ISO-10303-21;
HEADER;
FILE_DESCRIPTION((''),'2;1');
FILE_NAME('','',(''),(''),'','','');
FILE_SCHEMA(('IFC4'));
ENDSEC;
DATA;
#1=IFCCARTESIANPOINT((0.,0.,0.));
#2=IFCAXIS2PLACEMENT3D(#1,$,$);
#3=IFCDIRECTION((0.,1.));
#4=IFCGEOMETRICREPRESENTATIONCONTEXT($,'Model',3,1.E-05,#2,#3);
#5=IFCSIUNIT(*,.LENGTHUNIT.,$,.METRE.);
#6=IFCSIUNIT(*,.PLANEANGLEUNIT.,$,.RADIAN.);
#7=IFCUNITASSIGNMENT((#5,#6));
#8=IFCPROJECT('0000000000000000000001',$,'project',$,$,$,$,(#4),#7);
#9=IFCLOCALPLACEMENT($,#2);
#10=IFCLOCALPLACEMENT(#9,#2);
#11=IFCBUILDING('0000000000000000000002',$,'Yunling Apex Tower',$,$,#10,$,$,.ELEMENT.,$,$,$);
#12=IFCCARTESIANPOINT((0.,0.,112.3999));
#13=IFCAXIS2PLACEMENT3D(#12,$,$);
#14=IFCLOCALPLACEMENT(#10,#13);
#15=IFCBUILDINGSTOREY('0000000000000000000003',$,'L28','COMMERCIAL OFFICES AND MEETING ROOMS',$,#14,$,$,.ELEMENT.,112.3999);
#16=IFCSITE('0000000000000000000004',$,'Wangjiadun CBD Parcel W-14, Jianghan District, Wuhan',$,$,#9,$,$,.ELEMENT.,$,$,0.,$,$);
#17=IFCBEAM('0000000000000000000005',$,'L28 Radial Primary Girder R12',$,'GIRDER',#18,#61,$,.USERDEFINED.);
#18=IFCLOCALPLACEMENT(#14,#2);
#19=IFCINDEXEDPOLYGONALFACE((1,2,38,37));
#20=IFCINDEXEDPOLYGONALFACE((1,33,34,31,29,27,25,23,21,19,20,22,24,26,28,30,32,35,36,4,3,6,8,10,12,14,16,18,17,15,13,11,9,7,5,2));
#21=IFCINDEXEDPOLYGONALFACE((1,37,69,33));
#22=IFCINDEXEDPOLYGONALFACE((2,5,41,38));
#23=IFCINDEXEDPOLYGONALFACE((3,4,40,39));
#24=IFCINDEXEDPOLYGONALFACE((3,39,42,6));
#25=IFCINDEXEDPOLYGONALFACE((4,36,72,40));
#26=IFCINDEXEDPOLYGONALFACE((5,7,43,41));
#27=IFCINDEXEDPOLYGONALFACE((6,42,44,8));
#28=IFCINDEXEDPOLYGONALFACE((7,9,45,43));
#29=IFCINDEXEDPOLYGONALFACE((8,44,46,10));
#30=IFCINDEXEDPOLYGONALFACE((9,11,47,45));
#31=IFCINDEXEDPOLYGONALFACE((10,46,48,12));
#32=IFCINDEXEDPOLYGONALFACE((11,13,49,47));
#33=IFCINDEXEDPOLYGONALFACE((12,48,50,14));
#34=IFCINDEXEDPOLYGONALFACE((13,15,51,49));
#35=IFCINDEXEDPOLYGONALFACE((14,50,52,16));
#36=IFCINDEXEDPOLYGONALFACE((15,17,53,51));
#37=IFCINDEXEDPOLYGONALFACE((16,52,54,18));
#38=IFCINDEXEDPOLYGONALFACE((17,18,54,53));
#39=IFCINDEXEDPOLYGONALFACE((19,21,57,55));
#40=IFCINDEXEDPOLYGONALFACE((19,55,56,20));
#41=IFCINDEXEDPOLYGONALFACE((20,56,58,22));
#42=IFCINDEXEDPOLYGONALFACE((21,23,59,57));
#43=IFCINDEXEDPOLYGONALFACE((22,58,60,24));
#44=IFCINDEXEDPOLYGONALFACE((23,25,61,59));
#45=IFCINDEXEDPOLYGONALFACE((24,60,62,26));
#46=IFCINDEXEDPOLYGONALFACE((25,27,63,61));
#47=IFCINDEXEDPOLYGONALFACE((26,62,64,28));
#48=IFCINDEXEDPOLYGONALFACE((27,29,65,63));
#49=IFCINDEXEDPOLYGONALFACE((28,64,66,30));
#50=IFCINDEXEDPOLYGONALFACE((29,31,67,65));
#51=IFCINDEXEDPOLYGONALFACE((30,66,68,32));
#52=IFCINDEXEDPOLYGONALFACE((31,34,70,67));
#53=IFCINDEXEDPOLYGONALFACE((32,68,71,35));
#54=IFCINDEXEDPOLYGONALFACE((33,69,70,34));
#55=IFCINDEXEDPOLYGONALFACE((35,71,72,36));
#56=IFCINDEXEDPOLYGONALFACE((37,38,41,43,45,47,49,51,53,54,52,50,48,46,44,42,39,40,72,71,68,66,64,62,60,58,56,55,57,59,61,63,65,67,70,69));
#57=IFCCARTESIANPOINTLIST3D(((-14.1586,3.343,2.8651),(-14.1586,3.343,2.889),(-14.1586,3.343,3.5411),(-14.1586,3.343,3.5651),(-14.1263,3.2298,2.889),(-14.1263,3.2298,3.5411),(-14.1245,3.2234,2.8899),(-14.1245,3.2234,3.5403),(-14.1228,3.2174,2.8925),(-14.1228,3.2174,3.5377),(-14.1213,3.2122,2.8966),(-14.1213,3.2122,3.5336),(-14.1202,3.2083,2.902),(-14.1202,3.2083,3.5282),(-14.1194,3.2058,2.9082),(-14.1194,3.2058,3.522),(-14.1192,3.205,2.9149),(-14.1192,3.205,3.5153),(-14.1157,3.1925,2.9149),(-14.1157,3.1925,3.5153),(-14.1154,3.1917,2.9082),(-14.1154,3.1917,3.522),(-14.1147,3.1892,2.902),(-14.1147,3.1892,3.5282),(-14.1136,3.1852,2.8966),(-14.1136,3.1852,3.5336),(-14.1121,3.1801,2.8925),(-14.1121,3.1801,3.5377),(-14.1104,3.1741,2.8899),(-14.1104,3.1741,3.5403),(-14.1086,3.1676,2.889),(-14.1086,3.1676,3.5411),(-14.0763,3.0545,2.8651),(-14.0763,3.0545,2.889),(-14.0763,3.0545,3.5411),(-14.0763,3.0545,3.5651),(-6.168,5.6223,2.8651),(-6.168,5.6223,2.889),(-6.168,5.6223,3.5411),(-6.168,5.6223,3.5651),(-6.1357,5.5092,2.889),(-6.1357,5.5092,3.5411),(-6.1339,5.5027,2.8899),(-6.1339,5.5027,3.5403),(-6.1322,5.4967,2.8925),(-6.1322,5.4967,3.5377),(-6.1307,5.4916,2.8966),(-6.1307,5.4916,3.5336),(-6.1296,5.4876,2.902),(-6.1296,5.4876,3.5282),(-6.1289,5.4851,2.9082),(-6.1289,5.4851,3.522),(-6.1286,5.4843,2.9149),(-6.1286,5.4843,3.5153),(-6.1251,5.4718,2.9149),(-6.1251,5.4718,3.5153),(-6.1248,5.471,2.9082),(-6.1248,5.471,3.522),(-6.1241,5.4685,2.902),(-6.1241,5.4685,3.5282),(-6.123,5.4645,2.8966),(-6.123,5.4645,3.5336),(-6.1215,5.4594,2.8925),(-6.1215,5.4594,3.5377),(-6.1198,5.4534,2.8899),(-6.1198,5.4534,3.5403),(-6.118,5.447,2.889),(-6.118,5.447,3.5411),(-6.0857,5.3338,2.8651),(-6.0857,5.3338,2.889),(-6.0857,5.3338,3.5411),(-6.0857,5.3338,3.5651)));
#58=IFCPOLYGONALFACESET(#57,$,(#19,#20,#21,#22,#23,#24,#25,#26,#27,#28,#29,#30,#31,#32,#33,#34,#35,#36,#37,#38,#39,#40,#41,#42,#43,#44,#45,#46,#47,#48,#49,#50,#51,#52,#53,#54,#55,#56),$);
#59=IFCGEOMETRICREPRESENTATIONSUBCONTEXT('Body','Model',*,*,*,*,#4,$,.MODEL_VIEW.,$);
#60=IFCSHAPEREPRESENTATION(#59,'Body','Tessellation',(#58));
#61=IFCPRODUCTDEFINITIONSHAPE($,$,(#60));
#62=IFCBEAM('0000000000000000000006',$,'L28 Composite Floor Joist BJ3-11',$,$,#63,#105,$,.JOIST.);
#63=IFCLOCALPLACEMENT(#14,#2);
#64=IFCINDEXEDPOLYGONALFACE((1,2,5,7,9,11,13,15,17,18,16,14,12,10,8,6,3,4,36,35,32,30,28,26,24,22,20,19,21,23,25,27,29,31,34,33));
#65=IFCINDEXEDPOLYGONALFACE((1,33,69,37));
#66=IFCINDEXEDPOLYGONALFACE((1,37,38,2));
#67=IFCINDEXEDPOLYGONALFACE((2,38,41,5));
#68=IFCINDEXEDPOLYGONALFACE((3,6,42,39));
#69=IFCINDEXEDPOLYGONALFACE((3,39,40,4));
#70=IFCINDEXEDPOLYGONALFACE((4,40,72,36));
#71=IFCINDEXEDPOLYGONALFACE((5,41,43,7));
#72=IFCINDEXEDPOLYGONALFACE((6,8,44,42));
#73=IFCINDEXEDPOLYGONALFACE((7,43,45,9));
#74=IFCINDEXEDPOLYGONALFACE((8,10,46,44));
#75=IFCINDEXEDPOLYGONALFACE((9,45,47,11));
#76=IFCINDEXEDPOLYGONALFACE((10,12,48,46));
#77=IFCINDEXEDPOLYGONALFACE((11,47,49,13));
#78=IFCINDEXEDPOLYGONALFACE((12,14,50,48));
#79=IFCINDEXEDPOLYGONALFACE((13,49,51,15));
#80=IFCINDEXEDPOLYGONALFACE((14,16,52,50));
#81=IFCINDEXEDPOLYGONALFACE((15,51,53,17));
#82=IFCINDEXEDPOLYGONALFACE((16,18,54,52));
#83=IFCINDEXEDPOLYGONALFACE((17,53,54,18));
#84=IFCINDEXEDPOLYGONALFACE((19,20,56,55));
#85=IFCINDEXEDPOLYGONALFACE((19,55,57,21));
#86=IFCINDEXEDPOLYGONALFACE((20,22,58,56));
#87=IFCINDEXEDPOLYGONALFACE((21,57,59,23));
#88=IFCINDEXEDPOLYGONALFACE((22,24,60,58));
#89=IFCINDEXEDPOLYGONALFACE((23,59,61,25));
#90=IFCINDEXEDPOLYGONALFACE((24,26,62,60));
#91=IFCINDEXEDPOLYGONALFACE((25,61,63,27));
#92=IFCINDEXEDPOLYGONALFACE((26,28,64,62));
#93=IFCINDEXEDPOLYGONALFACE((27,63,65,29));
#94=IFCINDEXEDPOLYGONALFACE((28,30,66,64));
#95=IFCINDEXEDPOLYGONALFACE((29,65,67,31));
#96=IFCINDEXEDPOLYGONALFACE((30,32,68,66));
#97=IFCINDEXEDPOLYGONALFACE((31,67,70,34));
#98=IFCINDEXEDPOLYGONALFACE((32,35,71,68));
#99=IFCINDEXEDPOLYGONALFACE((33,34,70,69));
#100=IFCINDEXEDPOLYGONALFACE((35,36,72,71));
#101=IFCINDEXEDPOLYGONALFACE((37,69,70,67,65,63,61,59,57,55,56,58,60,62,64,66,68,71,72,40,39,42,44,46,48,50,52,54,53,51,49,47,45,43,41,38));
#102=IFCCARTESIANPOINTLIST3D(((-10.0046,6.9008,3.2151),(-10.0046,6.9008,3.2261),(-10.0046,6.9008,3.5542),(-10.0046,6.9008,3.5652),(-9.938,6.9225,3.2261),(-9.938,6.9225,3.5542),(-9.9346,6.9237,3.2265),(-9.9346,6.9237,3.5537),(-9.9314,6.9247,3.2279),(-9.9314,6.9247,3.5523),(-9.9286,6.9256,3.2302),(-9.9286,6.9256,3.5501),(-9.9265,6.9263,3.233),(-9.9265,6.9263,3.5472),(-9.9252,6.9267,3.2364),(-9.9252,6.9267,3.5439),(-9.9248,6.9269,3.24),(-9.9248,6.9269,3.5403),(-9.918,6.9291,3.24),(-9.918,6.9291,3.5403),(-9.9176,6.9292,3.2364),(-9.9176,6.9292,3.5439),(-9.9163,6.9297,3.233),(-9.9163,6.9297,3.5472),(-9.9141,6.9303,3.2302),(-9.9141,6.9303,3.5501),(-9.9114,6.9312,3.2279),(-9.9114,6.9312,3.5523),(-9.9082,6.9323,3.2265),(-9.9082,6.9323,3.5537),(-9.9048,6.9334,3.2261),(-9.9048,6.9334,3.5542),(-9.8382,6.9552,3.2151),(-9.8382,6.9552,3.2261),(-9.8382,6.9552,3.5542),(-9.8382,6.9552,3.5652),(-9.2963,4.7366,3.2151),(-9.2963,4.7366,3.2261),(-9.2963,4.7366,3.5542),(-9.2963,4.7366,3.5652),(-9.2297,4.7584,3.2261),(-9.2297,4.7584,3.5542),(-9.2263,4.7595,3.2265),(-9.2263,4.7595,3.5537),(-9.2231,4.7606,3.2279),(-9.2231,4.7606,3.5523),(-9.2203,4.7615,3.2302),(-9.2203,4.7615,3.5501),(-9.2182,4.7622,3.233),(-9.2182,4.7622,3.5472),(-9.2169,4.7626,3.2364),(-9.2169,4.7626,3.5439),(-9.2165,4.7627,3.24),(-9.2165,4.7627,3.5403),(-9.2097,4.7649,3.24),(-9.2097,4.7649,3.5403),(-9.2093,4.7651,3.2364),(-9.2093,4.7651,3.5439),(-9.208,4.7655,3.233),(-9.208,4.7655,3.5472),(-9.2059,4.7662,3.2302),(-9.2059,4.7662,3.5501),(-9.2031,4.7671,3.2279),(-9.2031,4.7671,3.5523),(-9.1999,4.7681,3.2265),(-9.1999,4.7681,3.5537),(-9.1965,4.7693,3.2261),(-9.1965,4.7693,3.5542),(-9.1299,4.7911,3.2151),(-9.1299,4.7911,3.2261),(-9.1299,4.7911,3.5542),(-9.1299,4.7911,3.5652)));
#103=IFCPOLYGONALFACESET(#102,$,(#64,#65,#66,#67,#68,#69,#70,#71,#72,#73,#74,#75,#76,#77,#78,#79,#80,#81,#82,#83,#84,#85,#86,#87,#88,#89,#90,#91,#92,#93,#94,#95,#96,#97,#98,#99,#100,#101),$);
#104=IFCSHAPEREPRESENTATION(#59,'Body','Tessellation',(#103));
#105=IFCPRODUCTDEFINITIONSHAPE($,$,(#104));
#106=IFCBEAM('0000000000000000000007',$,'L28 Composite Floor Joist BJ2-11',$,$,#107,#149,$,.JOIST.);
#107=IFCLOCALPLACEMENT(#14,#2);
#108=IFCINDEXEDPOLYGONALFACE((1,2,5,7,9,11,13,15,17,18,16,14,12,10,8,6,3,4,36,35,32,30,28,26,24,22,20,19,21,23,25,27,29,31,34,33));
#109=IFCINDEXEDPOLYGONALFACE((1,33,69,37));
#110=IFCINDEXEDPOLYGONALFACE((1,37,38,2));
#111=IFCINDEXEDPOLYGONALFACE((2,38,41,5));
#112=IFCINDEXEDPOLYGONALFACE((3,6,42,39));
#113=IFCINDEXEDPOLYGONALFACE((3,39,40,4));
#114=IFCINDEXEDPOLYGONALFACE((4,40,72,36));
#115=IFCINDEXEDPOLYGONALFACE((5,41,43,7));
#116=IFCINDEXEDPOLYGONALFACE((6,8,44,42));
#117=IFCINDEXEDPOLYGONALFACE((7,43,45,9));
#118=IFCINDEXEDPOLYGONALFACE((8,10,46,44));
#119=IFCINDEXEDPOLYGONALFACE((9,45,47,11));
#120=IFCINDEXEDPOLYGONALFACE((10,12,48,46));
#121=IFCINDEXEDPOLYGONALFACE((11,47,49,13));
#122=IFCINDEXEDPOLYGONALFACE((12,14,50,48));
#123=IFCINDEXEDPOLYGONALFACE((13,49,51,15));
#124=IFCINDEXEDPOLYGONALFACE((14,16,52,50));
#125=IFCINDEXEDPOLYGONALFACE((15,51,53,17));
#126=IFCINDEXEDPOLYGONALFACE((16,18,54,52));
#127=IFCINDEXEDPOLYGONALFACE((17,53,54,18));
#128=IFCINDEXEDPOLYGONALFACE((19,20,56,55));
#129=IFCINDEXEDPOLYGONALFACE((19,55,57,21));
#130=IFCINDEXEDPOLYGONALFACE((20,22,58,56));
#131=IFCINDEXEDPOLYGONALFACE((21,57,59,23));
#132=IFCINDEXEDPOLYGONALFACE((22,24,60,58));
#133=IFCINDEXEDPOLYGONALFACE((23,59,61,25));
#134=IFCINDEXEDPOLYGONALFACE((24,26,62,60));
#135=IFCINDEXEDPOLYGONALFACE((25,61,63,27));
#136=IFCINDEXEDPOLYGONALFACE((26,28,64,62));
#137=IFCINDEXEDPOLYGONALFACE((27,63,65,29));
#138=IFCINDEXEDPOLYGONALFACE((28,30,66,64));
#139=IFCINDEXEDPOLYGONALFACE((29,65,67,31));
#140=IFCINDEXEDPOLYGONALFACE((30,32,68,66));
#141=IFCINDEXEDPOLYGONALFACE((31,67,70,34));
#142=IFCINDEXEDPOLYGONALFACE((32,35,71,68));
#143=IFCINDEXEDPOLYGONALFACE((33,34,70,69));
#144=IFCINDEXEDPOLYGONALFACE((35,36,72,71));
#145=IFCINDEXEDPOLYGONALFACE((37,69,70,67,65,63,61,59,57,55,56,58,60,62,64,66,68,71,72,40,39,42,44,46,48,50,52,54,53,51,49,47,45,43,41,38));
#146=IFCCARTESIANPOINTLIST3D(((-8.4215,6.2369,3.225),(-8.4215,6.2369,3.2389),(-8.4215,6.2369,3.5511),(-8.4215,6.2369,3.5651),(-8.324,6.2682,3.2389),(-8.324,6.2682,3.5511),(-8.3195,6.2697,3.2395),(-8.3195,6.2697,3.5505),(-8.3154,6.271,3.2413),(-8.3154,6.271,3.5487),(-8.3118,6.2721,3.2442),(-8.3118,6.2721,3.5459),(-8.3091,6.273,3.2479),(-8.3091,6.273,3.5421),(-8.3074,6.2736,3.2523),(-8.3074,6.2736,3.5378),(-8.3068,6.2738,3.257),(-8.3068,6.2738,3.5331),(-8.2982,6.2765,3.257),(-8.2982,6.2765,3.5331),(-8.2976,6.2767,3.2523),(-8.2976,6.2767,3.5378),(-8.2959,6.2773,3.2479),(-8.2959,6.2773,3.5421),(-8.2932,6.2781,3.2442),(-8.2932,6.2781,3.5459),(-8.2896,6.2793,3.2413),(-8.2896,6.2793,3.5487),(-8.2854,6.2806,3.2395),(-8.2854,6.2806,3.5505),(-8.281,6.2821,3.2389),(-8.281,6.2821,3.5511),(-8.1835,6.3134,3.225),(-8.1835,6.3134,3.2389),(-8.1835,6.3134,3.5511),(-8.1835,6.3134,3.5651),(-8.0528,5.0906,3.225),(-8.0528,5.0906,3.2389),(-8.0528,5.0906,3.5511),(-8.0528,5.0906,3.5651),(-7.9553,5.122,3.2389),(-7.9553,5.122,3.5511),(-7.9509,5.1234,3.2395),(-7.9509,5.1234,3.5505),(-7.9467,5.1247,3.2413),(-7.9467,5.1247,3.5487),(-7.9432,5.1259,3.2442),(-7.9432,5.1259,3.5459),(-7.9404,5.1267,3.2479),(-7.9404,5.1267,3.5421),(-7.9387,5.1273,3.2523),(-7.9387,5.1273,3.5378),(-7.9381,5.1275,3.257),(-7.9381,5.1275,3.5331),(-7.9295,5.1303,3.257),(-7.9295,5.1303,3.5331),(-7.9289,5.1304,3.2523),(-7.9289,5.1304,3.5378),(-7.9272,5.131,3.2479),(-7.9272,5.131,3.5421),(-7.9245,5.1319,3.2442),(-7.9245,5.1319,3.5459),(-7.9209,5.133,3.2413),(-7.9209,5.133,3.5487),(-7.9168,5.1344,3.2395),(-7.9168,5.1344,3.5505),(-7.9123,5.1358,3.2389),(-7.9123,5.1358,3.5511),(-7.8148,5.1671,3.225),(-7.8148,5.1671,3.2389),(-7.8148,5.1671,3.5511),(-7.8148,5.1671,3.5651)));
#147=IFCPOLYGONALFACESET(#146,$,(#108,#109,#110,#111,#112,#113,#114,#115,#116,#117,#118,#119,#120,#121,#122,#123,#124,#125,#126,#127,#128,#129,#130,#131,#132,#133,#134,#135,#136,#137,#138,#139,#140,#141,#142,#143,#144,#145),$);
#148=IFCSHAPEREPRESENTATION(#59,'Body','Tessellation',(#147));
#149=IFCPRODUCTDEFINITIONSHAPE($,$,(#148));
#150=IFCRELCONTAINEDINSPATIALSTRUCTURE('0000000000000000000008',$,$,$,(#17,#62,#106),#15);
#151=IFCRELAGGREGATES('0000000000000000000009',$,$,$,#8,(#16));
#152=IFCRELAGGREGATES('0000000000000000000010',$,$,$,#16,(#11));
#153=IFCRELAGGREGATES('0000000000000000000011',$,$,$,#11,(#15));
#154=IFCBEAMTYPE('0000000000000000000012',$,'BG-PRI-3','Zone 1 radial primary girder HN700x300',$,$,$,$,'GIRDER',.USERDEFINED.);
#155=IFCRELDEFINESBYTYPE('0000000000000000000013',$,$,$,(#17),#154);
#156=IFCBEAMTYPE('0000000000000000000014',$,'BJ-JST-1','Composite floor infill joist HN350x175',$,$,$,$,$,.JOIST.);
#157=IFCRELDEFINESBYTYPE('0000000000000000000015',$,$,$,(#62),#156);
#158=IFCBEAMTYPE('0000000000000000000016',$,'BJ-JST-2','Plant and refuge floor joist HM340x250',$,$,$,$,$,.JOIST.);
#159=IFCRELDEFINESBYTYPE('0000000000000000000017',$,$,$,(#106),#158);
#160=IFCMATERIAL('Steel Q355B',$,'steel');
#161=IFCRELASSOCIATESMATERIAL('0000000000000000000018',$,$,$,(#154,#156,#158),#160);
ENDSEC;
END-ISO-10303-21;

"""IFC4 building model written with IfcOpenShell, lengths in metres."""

from ifc_helpers import new_model, si_unit, direction, frame, origin, origin_2d, place, context, subcontext, project, spatial, i_section, extrude, source, transform, mapped, material, material_profile, profile_set, type_object, element, save


model = new_model("IFC4")

# Units and contexts
model_context = context("Model", 3, precision=1e-05, world=origin(), true_north=direction((0.0, 1.0)))
body_context = subcontext(model_context, "Body", "Model", "MODEL_VIEW")
ifc_project = project(units=[si_unit("LENGTHUNIT", "METRE"), si_unit("PLANEANGLEUNIT", "RADIAN")], contexts=[model_context])

# Site, building, storey
site_placement = place(None, origin())
site = spatial("IfcSite", under=ifc_project, at=site_placement, Name="Wangjiadun CBD Parcel W-14, Jianghan District, Wuhan", CompositionType="ELEMENT", RefElevation=0.0)
building_placement = place(site_placement, origin())
building = spatial("IfcBuilding", under=site, at=building_placement, Name="Yunling Apex Tower", CompositionType="ELEMENT")
storey_placement = place(building_placement, frame((0.0, 0.0, 112.3999)))
storey = spatial("IfcBuildingStorey", under=building, at=storey_placement, Name="L28", Description="COMMERCIAL OFFICES AND MEETING ROOMS", CompositionType="ELEMENT", Elevation=112.3999)

# Beams
ifc_material_1 = material(Name="Steel Q355B", Category="steel")
ifc_material_profile_1 = material_profile(ifc_material_1, i_section(OverallWidth=0.3, OverallDepth=0.7, WebThickness=0.0129, FlangeThickness=0.0239, FilletRadius=0.0259, at=origin_2d()))
ifc_profile_set_1 = profile_set([ifc_material_profile_1], Name="Steel Q355B")
beam_type_1 = type_object("IfcBeamType", Name="BG-PRI-3", Description="Zone 1 radial primary girder HN700x300", ElementType="GIRDER", PredefinedType="USERDEFINED", material=ifc_profile_set_1)
shared_shape_1 = source(origin(), body_context, "Body", "SweptSolid", [
    extrude(i_section(OverallWidth=0.3, OverallDepth=0.7, WebThickness=0.0129, FlangeThickness=0.0239, FilletRadius=0.0259, at=origin_2d()), origin(), (0.0, 0.0, 1.0), 8.3093),
])
beam_1_placement = place(storey_placement, frame((-14.1174, 3.1987, 3.2151), z_axis=(0.961641, 0.27431, 0.0), x_axis=(-0.27431, 0.961641, 0.0)))
element("IfcBeam", 1, at=beam_1_placement, inside=storey, type_object=beam_type_1, Name="L28 Radial Primary Girder R12", ObjectType="GIRDER", PredefinedType="USERDEFINED", context=body_context, shape_type="MappedRepresentation", body=[
    mapped(shared_shape_1, transform((0.0, 0.0, 0.0), scale=1.0)),
])
ifc_material_profile_2 = material_profile(ifc_material_1, i_section(OverallWidth=0.175, OverallDepth=0.3501, WebThickness=0.0071, FlangeThickness=0.011, FilletRadius=0.0139, at=origin_2d()))
ifc_profile_set_2 = profile_set([ifc_material_profile_2], Name="Steel Q355B")
beam_type_2 = type_object("IfcBeamType", Name="BJ-JST-1", Description="Composite floor infill joist HN350x175", PredefinedType="JOIST", material=ifc_profile_set_2)
shared_shape_2 = source(origin(), body_context, "Body", "SweptSolid", [
    extrude(i_section(OverallWidth=0.175, OverallDepth=0.3501, WebThickness=0.0071, FlangeThickness=0.011, FilletRadius=0.0139, at=origin_2d()), origin(), (0.0, 0.0, 1.0), 2.2771),
])
beam_2_placement = place(storey_placement, frame((-9.9214, 6.928, 3.3901), z_axis=(0.311044, -0.950395, 0.0), x_axis=(0.950395, 0.311044, 0.0)))
element("IfcBeam", 2, at=beam_2_placement, inside=storey, type_object=beam_type_2, Name="L28 Composite Floor Joist BJ3-11", PredefinedType="JOIST", context=body_context, shape_type="MappedRepresentation", body=[
    mapped(shared_shape_2, transform((0.0, 0.0, 0.0), scale=1.0)),
])
ifc_material_profile_3 = material_profile(ifc_material_1, i_section(OverallWidth=0.25, OverallDepth=0.3401, WebThickness=0.009, FlangeThickness=0.0139, FilletRadius=0.0181, at=origin_2d()))
ifc_profile_set_3 = profile_set([ifc_material_profile_3], Name="Steel Q355B")
beam_type_3 = type_object("IfcBeamType", Name="BJ-JST-2", Description="Plant and refuge floor joist HM340x250", PredefinedType="JOIST", material=ifc_profile_set_3)
shared_shape_3 = source(origin(), body_context, "Body", "SweptSolid", [
    extrude(i_section(OverallWidth=0.25, OverallDepth=0.3401, WebThickness=0.009, FlangeThickness=0.0139, FilletRadius=0.0181, at=origin_2d()), origin(), (0.0, 0.0, 1.0), 1.2041),
])
beam_3_placement = place(storey_placement, frame((-8.3025, 6.2751, 3.395), z_axis=(0.306173, -0.951976, 0.0), x_axis=(0.951976, 0.306173, 0.0)))
element("IfcBeam", 3, at=beam_3_placement, inside=storey, type_object=beam_type_3, Name="L28 Composite Floor Joist BJ2-11", PredefinedType="JOIST", context=body_context, shape_type="MappedRepresentation", body=[
    mapped(shared_shape_3, transform((0.0, 0.0, 0.0), scale=1.0)),
])

save(model, "model.ifc")
